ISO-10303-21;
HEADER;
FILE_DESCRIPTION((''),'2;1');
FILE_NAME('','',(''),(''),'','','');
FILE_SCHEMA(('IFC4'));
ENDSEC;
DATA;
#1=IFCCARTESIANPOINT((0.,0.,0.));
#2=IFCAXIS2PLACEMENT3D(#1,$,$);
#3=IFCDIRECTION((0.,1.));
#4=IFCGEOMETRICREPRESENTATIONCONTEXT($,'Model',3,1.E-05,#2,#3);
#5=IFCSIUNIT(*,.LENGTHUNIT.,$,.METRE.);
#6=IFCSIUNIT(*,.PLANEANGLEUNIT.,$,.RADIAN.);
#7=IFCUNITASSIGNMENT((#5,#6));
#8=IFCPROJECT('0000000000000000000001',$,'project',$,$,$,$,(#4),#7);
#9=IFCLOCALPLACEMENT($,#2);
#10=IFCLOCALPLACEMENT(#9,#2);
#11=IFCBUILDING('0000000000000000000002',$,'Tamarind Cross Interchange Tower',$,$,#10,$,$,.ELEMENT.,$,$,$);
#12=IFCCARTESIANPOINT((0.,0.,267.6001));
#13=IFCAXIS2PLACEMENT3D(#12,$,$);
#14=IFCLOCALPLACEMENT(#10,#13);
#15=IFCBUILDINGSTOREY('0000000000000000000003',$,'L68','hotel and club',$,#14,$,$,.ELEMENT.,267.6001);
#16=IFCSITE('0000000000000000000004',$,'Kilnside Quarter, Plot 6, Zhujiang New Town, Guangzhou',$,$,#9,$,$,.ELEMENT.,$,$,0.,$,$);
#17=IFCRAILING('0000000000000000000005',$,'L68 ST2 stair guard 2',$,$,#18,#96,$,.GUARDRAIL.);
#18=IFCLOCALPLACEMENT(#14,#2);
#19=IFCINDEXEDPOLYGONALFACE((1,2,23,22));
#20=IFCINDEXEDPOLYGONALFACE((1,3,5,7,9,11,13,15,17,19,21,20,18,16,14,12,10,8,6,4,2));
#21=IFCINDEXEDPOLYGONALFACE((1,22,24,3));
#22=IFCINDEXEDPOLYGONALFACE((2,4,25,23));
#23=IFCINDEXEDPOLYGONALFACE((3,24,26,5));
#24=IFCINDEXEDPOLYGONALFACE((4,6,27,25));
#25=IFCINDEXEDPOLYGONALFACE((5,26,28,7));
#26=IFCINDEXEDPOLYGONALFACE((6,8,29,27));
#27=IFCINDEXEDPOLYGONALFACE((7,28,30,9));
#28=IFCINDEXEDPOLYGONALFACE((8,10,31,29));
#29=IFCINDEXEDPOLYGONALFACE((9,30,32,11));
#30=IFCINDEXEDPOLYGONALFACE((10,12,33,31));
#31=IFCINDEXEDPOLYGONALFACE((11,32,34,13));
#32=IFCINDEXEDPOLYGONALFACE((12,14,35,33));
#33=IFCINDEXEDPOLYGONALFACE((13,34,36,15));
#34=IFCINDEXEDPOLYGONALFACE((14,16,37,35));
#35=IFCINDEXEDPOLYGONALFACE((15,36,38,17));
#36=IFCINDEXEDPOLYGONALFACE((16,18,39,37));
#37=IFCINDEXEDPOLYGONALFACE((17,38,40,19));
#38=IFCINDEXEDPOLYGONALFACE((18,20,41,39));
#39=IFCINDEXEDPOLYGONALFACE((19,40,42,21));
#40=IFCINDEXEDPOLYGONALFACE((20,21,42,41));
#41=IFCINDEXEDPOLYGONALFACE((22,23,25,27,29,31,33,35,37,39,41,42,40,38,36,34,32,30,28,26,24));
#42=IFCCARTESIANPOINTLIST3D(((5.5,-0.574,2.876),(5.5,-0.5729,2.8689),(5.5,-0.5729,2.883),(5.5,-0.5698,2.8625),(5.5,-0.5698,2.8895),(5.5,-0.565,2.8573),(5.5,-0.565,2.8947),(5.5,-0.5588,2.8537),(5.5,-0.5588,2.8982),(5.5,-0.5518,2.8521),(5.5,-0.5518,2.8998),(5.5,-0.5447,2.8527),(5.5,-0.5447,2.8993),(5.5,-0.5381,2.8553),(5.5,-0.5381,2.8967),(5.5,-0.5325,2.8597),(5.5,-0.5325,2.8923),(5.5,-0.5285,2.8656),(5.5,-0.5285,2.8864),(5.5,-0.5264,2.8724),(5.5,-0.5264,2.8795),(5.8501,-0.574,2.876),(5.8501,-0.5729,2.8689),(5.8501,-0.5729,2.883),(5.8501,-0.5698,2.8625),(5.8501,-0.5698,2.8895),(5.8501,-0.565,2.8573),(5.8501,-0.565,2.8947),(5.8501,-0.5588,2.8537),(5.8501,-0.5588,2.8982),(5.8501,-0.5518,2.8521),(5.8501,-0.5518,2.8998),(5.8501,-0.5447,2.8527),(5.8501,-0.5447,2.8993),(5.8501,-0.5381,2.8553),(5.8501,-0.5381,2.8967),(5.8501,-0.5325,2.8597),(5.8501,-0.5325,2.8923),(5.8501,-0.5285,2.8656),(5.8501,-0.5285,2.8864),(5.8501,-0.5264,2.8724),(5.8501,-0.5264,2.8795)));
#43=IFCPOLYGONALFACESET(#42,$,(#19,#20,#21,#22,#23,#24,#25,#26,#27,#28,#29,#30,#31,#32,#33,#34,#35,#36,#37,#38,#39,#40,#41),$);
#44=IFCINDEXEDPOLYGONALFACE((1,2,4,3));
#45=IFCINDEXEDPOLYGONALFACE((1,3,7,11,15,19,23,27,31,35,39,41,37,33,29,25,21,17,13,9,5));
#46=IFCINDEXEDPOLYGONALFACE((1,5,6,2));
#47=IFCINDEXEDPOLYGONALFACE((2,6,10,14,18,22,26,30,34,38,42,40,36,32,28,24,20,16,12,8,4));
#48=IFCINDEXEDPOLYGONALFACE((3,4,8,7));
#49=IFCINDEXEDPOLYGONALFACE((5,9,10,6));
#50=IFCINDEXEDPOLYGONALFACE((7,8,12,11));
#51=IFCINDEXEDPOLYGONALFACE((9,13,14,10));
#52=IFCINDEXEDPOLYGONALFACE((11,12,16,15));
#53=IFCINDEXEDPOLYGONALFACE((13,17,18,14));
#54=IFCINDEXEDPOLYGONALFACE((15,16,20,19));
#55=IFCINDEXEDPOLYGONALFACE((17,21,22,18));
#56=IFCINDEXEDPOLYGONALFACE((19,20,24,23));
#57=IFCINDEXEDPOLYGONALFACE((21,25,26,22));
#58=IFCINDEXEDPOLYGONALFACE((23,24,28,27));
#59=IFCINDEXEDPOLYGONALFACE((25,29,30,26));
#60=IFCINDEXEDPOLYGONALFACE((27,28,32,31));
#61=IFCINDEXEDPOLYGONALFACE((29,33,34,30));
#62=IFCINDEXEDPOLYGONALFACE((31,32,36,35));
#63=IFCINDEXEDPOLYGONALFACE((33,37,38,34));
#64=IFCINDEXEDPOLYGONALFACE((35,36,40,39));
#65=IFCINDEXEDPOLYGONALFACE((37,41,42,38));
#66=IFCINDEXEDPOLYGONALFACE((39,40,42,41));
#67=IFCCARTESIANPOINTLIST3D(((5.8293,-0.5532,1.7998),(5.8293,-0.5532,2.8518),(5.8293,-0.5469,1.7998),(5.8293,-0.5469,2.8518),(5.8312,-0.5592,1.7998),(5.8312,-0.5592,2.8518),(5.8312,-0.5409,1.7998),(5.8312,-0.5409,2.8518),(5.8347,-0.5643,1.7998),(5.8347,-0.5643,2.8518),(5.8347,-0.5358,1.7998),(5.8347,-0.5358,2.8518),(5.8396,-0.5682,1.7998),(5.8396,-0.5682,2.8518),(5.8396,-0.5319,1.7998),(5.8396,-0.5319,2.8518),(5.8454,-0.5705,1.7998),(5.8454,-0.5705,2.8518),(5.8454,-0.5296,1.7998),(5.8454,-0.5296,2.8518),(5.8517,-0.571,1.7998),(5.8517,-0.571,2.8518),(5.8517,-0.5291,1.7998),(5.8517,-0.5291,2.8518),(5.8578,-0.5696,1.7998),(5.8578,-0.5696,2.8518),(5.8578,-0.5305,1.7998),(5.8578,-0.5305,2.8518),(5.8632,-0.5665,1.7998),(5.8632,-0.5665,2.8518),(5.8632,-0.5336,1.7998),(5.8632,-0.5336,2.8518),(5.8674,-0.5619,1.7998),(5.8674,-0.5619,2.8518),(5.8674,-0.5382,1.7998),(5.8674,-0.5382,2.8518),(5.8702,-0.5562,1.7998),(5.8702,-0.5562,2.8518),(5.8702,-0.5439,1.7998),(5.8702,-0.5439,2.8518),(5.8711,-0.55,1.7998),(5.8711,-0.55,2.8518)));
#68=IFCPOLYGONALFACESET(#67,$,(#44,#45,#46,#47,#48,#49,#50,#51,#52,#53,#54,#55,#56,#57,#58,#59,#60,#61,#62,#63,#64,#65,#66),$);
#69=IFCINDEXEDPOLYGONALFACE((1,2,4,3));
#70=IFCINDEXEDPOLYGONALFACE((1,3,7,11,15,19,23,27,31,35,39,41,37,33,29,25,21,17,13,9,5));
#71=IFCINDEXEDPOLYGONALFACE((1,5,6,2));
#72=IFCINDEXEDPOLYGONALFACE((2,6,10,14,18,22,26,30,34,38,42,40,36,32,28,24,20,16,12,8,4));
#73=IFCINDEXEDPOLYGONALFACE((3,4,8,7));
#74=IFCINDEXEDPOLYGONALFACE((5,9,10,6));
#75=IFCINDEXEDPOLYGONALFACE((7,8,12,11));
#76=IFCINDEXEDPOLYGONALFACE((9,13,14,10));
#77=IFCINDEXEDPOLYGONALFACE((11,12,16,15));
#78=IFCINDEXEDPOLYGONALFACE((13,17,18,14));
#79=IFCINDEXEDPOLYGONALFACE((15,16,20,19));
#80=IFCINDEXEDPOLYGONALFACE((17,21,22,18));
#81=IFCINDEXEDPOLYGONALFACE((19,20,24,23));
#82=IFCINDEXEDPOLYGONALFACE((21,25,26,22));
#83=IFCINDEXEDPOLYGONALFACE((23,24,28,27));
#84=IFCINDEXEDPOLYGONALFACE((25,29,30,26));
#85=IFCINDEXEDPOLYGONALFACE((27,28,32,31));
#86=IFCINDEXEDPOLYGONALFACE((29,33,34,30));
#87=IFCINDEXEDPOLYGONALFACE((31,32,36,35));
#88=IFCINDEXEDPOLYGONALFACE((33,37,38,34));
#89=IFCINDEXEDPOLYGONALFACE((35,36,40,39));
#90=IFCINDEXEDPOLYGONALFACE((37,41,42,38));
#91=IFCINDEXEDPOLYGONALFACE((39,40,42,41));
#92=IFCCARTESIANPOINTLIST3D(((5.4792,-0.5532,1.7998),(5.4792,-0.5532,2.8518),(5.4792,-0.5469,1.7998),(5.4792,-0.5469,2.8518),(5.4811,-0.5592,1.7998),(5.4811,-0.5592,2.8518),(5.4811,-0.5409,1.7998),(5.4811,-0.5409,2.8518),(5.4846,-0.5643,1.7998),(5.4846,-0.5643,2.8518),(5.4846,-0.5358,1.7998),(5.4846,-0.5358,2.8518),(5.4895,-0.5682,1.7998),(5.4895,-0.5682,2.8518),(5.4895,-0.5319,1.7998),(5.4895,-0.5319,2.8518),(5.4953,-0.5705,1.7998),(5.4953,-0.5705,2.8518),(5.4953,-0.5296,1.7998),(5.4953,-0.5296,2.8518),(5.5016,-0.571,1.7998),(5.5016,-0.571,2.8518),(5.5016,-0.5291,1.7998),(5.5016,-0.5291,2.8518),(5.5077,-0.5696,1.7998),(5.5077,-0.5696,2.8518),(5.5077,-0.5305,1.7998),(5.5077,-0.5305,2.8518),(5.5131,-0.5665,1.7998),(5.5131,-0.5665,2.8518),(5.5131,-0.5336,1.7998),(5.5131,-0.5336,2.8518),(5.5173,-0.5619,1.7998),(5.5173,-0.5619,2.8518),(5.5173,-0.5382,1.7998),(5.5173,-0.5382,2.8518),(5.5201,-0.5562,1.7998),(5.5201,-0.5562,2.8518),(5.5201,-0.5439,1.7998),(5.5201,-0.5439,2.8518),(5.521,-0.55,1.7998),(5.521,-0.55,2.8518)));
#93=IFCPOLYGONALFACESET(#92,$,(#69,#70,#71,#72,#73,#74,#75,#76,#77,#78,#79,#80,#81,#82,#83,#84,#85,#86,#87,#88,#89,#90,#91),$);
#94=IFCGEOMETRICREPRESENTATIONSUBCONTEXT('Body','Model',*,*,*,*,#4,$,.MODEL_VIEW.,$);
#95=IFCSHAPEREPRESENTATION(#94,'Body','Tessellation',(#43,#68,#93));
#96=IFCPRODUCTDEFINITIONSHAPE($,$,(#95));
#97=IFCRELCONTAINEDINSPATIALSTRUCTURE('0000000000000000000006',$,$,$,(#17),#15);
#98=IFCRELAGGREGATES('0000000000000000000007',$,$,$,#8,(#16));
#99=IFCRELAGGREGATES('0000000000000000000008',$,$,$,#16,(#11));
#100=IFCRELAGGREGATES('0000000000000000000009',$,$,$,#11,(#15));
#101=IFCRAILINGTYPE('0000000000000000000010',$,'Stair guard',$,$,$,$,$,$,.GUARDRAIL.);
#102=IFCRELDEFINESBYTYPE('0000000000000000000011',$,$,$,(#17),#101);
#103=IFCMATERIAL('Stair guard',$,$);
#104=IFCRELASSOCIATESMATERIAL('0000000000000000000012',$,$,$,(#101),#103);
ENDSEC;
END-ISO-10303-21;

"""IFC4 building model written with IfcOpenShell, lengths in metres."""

from ifc_helpers import new_model, si_unit, direction, frame, origin, origin_2d, place, context, subcontext, project, spatial, circle, extrude, material, type_object, element, save


model = new_model("IFC4")

# Units and contexts
model_context = context("Model", 3, precision=1e-05, world=origin(), true_north=direction((0.0, 1.0)))
body_context = subcontext(model_context, "Body", "Model", "MODEL_VIEW")
ifc_project = project(units=[si_unit("LENGTHUNIT", "METRE"), si_unit("PLANEANGLEUNIT", "RADIAN")], contexts=[model_context])

# Site, building, storey
site_placement = place(None, origin())
site = spatial("IfcSite", under=ifc_project, at=site_placement, Name="Kilnside Quarter, Plot 6, Zhujiang New Town, Guangzhou", CompositionType="ELEMENT", RefElevation=0.0)
building_placement = place(site_placement, origin())
building = spatial("IfcBuilding", under=site, at=building_placement, Name="Tamarind Cross Interchange Tower", CompositionType="ELEMENT")
storey_placement = place(building_placement, frame((0.0, 0.0, 267.6001)))
storey = spatial("IfcBuildingStorey", under=building, at=storey_placement, Name="L68", Description="hotel and club", CompositionType="ELEMENT", Elevation=267.6001)

# Railing
ifc_material_1 = material(Name="Stair guard")
railing_type_1 = type_object("IfcRailingType", Name="Stair guard", PredefinedType="GUARDRAIL", material=ifc_material_1)
railing_1_placement = place(storey_placement, frame((5.8501, -0.55, 1.7998)))
element("IfcRailing", 1, at=railing_1_placement, inside=storey, type_object=railing_type_1, Name="L68 ST2 stair guard 2", PredefinedType="GUARDRAIL", context=body_context, shape_type="SweptSolid", body=[
    extrude(circle(Radius=0.0239, at=origin_2d()), frame((0.0, 0.0, 1.0762), z_axis=(-1.0, 0.0, 0.0), x_axis=(0.0, -1.0, 0.0)), (0.0, 0.0, 1.0), 0.3501),
    extrude(circle(Radius=0.021, at=origin_2d()), origin(), (0.0, 0.0, 1.0), 1.052),
    extrude(circle(Radius=0.021, at=origin_2d()), frame((-0.3501, 0.0, 0.0)), (0.0, 0.0, 1.0), 1.052),
])

save(model, "model.ifc")
